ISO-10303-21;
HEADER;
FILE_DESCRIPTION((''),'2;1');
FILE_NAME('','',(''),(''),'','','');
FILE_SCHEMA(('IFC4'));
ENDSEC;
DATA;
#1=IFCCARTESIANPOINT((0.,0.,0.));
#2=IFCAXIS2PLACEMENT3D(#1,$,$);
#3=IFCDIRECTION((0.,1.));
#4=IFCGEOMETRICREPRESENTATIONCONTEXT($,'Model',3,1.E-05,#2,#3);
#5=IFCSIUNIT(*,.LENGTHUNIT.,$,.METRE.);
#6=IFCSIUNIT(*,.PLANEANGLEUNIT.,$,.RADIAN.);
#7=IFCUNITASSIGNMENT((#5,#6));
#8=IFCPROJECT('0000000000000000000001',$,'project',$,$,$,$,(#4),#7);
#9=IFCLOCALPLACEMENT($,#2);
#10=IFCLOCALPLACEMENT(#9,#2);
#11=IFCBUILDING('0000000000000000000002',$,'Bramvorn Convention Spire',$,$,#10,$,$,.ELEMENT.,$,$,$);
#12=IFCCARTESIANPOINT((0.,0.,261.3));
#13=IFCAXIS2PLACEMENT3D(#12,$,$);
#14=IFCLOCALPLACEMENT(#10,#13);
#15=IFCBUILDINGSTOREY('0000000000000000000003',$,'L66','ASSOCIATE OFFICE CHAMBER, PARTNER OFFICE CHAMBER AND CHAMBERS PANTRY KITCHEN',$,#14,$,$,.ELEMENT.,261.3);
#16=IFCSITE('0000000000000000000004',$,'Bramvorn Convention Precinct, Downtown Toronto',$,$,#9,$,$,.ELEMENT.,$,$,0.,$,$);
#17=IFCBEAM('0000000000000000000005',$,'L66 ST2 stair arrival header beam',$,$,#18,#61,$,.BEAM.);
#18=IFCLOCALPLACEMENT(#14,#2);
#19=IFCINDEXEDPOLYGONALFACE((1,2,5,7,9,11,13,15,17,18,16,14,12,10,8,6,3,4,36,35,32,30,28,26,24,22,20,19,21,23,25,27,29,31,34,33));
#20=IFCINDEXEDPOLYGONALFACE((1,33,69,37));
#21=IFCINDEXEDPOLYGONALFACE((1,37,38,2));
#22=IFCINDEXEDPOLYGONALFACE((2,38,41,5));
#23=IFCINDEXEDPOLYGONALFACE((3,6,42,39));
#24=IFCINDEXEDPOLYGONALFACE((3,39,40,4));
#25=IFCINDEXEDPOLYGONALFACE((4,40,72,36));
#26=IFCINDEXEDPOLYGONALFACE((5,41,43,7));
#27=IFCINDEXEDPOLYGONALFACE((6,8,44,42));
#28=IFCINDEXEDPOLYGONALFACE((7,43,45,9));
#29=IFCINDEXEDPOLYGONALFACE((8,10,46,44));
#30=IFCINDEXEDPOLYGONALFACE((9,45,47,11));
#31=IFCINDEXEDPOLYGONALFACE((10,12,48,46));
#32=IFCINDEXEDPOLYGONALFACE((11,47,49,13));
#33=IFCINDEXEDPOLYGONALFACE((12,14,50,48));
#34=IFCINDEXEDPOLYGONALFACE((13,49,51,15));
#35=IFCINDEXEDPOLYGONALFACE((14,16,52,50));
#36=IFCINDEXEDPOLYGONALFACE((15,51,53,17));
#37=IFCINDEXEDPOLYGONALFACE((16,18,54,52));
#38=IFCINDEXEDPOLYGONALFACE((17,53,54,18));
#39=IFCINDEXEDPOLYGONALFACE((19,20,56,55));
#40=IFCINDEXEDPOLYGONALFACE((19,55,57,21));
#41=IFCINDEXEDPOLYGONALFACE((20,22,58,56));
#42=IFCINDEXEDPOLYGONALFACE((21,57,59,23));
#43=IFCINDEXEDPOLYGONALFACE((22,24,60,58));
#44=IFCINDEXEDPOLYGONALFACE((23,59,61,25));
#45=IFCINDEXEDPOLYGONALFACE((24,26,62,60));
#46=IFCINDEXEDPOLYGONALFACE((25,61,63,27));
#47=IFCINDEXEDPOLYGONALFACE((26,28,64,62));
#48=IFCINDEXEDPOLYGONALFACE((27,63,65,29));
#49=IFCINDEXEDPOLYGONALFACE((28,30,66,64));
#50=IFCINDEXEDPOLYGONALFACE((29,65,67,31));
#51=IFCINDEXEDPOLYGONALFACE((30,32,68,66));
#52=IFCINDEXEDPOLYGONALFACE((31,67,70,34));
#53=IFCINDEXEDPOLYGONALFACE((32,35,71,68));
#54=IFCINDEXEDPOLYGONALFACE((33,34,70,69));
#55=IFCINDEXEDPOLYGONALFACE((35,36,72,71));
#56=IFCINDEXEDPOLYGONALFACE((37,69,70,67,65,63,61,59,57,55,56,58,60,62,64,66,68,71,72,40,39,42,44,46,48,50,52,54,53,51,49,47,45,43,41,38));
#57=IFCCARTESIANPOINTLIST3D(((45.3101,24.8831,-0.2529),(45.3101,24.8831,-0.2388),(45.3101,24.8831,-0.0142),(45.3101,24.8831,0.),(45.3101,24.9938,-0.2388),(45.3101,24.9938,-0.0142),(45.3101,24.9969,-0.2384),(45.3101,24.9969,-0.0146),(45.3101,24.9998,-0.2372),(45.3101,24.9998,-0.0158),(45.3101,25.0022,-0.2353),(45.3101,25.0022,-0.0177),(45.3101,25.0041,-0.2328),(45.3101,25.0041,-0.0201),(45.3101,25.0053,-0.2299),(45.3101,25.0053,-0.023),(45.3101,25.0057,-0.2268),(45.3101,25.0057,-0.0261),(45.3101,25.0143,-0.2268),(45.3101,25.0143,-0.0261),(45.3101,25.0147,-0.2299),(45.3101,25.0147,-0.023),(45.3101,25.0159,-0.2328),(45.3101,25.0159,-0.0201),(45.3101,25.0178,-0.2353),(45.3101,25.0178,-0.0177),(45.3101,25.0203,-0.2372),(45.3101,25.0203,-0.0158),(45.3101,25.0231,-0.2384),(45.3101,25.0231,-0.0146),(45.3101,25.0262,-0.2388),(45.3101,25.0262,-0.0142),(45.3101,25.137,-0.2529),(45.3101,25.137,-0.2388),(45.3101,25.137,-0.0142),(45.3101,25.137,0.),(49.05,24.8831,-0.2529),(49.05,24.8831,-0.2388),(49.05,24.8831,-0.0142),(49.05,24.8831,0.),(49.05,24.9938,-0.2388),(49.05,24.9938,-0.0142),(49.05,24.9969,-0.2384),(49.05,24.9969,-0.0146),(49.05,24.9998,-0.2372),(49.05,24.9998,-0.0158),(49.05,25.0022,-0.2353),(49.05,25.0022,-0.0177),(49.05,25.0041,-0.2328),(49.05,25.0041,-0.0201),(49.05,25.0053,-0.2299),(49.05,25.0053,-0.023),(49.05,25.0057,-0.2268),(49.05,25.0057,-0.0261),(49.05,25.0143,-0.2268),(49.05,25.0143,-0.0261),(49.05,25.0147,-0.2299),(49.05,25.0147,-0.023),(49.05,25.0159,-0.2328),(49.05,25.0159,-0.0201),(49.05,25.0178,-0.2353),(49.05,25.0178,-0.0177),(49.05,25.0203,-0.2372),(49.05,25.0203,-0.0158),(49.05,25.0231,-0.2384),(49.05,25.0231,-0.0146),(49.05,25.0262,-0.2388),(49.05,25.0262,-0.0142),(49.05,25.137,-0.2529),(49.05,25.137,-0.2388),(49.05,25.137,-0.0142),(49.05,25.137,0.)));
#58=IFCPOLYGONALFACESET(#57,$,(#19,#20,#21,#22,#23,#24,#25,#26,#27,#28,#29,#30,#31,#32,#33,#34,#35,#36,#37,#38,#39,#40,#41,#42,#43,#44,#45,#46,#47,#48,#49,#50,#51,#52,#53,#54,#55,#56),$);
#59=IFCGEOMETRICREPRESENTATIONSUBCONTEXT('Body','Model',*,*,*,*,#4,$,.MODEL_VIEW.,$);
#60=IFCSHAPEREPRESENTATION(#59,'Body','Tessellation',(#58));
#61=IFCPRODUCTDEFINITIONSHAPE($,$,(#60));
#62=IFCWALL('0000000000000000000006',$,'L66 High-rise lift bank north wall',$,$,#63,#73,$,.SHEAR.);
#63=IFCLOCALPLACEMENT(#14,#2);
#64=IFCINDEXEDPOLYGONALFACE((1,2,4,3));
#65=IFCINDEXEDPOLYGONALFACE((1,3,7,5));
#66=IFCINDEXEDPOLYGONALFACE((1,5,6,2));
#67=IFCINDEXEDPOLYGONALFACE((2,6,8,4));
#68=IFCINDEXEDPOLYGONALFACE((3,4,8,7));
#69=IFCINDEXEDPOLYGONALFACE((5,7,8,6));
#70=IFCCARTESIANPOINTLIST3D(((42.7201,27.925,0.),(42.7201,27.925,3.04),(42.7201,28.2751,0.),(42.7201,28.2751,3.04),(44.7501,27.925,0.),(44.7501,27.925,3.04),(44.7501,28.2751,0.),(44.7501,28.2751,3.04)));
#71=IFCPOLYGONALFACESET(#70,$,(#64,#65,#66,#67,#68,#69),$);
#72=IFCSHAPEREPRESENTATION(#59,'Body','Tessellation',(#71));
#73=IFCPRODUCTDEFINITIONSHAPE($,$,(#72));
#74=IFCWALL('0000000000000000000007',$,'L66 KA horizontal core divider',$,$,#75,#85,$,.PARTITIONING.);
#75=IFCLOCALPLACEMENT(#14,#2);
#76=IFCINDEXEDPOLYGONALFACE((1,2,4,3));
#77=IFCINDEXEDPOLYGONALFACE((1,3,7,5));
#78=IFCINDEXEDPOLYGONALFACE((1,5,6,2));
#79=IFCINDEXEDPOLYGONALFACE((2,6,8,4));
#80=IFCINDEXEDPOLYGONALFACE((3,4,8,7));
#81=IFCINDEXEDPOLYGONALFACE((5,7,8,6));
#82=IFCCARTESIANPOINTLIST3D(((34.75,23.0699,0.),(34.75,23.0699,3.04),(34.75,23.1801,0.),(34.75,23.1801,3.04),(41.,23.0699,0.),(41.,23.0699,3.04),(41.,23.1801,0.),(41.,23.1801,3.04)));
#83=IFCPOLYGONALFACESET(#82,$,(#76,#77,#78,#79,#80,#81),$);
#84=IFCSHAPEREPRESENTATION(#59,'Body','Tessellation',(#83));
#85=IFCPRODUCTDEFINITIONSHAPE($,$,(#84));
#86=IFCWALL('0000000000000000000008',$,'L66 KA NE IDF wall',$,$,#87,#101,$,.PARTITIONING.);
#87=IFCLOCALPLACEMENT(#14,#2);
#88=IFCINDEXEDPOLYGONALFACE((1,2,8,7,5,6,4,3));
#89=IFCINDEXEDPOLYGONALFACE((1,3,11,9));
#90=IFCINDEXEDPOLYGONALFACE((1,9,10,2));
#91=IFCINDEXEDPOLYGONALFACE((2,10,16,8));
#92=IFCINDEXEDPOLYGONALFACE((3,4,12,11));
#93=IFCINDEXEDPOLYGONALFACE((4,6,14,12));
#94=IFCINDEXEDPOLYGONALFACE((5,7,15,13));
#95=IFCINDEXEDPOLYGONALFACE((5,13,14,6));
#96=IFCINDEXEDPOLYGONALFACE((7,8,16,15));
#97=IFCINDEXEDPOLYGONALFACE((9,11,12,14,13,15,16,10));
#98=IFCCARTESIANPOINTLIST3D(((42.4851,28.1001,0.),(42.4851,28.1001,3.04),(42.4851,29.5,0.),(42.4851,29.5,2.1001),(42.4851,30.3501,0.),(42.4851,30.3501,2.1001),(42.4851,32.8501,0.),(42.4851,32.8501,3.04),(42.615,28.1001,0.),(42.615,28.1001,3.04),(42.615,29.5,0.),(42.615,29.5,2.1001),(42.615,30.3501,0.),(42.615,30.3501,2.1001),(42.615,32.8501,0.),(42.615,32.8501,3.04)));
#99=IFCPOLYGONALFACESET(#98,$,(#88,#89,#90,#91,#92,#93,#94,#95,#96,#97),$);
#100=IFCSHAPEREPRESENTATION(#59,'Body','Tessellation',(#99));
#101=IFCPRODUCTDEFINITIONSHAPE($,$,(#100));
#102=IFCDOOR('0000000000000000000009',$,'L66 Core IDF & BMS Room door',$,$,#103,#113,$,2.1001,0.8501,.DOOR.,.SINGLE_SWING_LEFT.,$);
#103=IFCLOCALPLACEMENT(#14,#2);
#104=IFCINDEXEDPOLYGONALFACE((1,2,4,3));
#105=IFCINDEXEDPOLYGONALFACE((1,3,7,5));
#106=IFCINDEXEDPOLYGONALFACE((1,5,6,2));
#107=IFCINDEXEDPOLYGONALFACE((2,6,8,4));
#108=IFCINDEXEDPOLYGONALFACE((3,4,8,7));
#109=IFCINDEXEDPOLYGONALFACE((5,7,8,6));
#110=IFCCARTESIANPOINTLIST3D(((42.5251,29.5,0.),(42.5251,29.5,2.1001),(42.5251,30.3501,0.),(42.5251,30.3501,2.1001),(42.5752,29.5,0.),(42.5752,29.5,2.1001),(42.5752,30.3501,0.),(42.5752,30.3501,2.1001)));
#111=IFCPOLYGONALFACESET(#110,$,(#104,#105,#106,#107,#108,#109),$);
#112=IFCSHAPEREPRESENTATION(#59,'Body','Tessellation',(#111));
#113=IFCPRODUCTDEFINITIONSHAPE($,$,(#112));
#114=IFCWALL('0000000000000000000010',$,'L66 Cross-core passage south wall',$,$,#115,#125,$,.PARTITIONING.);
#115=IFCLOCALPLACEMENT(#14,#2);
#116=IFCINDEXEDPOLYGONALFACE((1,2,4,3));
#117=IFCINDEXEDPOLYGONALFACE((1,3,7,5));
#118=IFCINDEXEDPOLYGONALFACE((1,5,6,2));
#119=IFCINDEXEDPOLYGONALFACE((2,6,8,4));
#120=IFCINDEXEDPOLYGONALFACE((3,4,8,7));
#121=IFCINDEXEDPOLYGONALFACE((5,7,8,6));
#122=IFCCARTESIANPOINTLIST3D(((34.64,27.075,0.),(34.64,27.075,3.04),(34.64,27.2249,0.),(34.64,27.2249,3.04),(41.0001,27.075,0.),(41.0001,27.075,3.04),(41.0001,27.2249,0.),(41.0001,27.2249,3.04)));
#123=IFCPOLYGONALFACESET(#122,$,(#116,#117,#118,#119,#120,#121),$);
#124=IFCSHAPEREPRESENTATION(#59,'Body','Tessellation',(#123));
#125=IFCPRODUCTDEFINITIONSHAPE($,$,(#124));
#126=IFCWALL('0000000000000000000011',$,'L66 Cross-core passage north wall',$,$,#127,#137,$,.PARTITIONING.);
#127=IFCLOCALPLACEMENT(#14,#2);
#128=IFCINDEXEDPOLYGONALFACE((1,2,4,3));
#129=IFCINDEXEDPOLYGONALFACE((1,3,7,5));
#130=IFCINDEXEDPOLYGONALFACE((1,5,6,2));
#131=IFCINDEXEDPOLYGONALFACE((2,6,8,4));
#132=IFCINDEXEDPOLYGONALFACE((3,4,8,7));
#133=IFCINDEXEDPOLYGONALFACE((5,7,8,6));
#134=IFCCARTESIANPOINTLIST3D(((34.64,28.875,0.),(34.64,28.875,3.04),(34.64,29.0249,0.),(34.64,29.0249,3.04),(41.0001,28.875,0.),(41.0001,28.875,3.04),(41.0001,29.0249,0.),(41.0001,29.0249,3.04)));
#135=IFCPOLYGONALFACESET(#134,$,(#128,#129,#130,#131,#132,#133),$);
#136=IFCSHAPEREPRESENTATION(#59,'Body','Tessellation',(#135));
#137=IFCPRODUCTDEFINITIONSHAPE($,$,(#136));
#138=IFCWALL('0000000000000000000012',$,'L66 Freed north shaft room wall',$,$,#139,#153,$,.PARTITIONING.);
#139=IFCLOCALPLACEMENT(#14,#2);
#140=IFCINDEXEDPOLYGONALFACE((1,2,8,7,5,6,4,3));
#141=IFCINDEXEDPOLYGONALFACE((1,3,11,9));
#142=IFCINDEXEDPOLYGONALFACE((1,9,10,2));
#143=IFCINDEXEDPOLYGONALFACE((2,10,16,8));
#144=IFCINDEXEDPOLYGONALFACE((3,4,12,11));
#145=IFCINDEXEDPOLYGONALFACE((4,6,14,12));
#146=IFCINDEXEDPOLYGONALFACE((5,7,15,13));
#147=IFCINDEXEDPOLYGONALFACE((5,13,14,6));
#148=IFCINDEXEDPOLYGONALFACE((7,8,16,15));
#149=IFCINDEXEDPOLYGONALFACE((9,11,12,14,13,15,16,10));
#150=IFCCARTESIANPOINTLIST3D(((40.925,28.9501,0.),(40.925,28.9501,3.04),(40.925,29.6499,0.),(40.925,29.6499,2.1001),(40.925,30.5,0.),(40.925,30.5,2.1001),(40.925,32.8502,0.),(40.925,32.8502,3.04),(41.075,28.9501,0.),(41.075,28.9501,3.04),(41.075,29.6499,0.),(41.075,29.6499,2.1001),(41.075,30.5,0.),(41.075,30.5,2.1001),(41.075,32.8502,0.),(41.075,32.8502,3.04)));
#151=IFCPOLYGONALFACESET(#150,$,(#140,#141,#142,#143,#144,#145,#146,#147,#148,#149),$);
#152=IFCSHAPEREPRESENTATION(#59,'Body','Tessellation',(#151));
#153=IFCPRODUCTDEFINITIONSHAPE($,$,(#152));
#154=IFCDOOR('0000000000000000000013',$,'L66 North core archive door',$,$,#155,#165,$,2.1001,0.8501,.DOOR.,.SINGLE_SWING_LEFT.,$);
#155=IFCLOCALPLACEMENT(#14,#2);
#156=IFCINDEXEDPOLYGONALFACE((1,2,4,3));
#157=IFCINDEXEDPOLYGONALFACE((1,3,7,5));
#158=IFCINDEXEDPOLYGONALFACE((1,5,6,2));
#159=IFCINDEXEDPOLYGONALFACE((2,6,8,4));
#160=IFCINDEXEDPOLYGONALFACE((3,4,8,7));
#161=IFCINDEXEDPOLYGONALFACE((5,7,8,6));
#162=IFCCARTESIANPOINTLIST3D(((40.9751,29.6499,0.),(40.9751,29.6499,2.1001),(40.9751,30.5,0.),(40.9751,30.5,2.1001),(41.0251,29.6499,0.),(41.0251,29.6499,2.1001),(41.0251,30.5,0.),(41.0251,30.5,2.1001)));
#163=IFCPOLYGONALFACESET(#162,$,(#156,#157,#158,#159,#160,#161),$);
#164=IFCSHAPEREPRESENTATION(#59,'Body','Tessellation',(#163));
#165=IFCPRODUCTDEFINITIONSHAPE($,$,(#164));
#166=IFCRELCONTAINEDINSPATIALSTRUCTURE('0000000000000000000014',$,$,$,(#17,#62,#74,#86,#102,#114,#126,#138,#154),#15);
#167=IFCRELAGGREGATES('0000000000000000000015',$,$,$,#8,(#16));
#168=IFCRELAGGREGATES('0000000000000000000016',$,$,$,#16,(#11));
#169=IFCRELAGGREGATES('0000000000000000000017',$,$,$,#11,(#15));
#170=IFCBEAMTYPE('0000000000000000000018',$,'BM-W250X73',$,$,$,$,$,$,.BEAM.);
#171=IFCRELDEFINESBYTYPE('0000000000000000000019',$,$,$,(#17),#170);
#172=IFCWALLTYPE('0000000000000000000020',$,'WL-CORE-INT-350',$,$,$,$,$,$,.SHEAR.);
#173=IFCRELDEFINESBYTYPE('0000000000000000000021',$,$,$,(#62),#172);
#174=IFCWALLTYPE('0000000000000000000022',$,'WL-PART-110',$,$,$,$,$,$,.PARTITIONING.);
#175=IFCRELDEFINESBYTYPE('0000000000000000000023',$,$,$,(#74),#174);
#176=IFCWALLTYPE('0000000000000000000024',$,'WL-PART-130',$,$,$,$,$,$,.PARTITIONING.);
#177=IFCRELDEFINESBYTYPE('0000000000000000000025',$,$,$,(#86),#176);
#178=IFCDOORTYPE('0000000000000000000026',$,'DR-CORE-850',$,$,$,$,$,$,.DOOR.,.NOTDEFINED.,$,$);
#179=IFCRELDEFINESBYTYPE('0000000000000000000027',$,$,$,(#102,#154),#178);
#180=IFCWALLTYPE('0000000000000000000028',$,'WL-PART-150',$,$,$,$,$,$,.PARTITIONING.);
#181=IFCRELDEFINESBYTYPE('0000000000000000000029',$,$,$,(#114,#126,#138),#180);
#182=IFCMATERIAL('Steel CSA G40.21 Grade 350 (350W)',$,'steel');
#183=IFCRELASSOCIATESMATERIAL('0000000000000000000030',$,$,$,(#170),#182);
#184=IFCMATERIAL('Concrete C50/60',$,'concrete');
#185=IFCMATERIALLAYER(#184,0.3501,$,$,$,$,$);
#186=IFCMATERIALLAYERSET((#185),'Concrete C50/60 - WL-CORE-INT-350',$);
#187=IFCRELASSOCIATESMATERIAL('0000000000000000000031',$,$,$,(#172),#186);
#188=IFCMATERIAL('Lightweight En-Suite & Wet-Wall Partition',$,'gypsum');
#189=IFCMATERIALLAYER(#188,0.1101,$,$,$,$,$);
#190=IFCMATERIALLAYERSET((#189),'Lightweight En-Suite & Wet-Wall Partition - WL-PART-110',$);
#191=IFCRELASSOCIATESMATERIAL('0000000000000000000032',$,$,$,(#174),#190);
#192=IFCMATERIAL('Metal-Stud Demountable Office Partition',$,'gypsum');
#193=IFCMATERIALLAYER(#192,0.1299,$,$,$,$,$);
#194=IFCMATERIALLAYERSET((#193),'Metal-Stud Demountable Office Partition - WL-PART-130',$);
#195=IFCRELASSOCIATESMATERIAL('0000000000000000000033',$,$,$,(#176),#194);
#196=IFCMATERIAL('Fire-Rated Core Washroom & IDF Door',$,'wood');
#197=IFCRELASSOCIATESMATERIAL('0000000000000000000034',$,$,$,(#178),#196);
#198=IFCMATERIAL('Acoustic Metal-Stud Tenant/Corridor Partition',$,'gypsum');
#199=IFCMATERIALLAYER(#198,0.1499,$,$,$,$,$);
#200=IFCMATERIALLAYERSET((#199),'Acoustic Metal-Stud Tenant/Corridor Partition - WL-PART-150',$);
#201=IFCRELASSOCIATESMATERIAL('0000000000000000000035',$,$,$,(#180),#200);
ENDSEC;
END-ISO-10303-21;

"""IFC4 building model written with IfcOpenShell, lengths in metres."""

from ifc_helpers import new_model, si_unit, direction, frame, frame_2d, origin, origin_2d, place, context, subcontext, project, spatial, rectangle, i_section, extrude, material, layer, layer_set, material_profile, profile_set, type_object, element, fill, save


model = new_model("IFC4")

# Units and contexts
model_context = context("Model", 3, precision=1e-05, world=origin(), true_north=direction((0.0, 1.0)))
body_context = subcontext(model_context, "Body", "Model", "MODEL_VIEW")
ifc_project = project(units=[si_unit("LENGTHUNIT", "METRE"), si_unit("PLANEANGLEUNIT", "RADIAN")], contexts=[model_context])

# Site, building, storey
site_placement = place(None, origin())
site = spatial("IfcSite", under=ifc_project, at=site_placement, Name="Bramvorn Convention Precinct, Downtown Toronto", CompositionType="ELEMENT", RefElevation=0.0)
building_placement = place(site_placement, origin())
building = spatial("IfcBuilding", under=site, at=building_placement, Name="Bramvorn Convention Spire", CompositionType="ELEMENT")
storey_placement = place(building_placement, frame((0.0, 0.0, 261.3)))
storey = spatial("IfcBuildingStorey", under=building, at=storey_placement, Name="L66", Description="ASSOCIATE OFFICE CHAMBER, PARTNER OFFICE CHAMBER AND CHAMBERS PANTRY KITCHEN", CompositionType="ELEMENT", Elevation=261.3)

# Beam
ifc_material_1 = material(Name="Steel CSA G40.21 Grade 350 (350W)", Category="steel")
ifc_material_profile = material_profile(ifc_material_1, i_section(OverallWidth=0.2539, OverallDepth=0.2529, WebThickness=0.0085, FlangeThickness=0.0142, FilletRadius=0.012, at=origin_2d()))
ifc_profile_set = profile_set([ifc_material_profile], Name="Steel CSA G40.21 Grade 350 (350W) - W250X73")
beam_type = type_object("IfcBeamType", Name="BM-W250X73", PredefinedType="BEAM", material=ifc_profile_set)
beam_placement = place(storey_placement, frame((45.3101, 25.01, -0.1265), z_axis=(1.0, 0.0, 0.0), x_axis=(0.0, 1.0, 0.0)))
element("IfcBeam", 1, at=beam_placement, inside=storey, type_object=beam_type, Name="L66 ST2 stair arrival header beam", PredefinedType="BEAM", context=body_context, shape_type="SweptSolid", body=[
    extrude(i_section(OverallWidth=0.2539, OverallDepth=0.2529, WebThickness=0.0085, FlangeThickness=0.0142, FilletRadius=0.012, at=origin_2d()), origin(), (0.0, 0.0, 1.0), 3.74),
])

# Shared definitions
ifc_material_2 = material(Name="Concrete C50/60", Category="concrete")
ifc_layer_1 = layer(ifc_material_2, 0.3501)
ifc_layer_set_1 = layer_set([ifc_layer_1], Name="Concrete C50/60 - WL-CORE-INT-350")
wall_type_1 = type_object("IfcWallType", Name="WL-CORE-INT-350", PredefinedType="SHEAR", material=ifc_layer_set_1)

# Walls
wall_1_placement = place(storey_placement, frame((42.72, 28.1001, 0.0), z_axis=(0.0, 0.0, 1.0), x_axis=(1.0, 0.0, 0.0)))
element("IfcWall", 2, at=wall_1_placement, inside=storey, type_object=wall_type_1, Name="L66 High-rise lift bank north wall", PredefinedType="SHEAR", context=body_context, shape_type="SweptSolid", body=[
    extrude(rectangle(XDim=2.03, YDim=0.3501, at=frame_2d((1.0151, 0.0))), origin(), (0.0, 0.0, 1.0), 3.04),
])
ifc_material_3 = material(Name="Lightweight En-Suite & Wet-Wall Partition", Category="gypsum")
ifc_layer_2 = layer(ifc_material_3, 0.1101)
ifc_layer_set_2 = layer_set([ifc_layer_2], Name="Lightweight En-Suite & Wet-Wall Partition - WL-PART-110")
wall_type_2 = type_object("IfcWallType", Name="WL-PART-110", PredefinedType="PARTITIONING", material=ifc_layer_set_2)
wall_2_placement = place(storey_placement, frame((34.75, 23.125, 0.0), z_axis=(0.0, 0.0, 1.0), x_axis=(1.0, 0.0, 0.0)))
element("IfcWall", 3, at=wall_2_placement, inside=storey, type_object=wall_type_2, Name="L66 KA horizontal core divider", PredefinedType="PARTITIONING", context=body_context, shape_type="SweptSolid", body=[
    extrude(rectangle(XDim=6.25, YDim=0.1101, at=frame_2d((3.125, 0.0))), origin(), (0.0, 0.0, 1.0), 3.04),
])

# Wall, opening, door
ifc_material_4 = material(Name="Metal-Stud Demountable Office Partition", Category="gypsum")
ifc_layer_3 = layer(ifc_material_4, 0.1299)
ifc_layer_set_3 = layer_set([ifc_layer_3], Name="Metal-Stud Demountable Office Partition - WL-PART-130")
wall_type_3 = type_object("IfcWallType", Name="WL-PART-130", PredefinedType="PARTITIONING", material=ifc_layer_set_3)
wall_3_placement = place(storey_placement, frame((42.55, 28.1001, 0.0), z_axis=(0.0, 0.0, 1.0), x_axis=(0.0, 1.0, 0.0)))
wall_3 = element("IfcWall", 4, at=wall_3_placement, inside=storey, type_object=wall_type_3, Name="L66 KA NE IDF wall", PredefinedType="PARTITIONING", context=body_context, shape_type="SweptSolid", body=[
    extrude(rectangle(XDim=4.75, YDim=0.1299, at=frame_2d((2.375, 0.0))), origin(), (0.0, 0.0, 1.0), 3.04),
])
opening_1_placement = place(wall_3_placement, frame((1.3999, 0.0, 0.0)))
opening_1 = element("IfcOpeningElement", 5, at=opening_1_placement, cuts=wall_3, PredefinedType="OPENING", context=body_context, shape_type="SweptSolid", body=[
    extrude(rectangle(XDim=0.8501, YDim=2.1001, at=frame_2d((0.425, 1.05))), frame((0.0, 0.075, 0.0), z_axis=(0.0, -1.0, 0.0), x_axis=(1.0, 0.0, 0.0)), (0.0, 0.0, 1.0), 0.1499),
])
ifc_material_5 = material(Name="Fire-Rated Core Washroom & IDF Door", Category="wood")
door_type_1 = type_object("IfcDoorType", Name="DR-CORE-850", OperationType="NOTDEFINED", PredefinedType="DOOR", material=ifc_material_5)
door_1_placement = place(opening_1_placement, origin())
door_1 = element("IfcDoor", 6, at=door_1_placement, inside=storey, type_object=door_type_1, Name="L66 Core IDF & BMS Room door", OperationType="SINGLE_SWING_LEFT", OverallHeight=2.1001, OverallWidth=0.8501, PredefinedType="DOOR", context=body_context, shape_type="SweptSolid", body=[
    extrude(rectangle(XDim=0.8501, YDim=2.1001, at=frame_2d((0.425, 1.05))), frame((0.0, 0.0249, 0.0), z_axis=(0.0, -1.0, 0.0), x_axis=(1.0, 0.0, 0.0)), (0.0, 0.0, 1.0), 0.05),
])
fill(opening_1, door_1)

# Walls
ifc_material_6 = material(Name="Acoustic Metal-Stud Tenant/Corridor Partition", Category="gypsum")
ifc_layer_4 = layer(ifc_material_6, 0.1499)
ifc_layer_set_4 = layer_set([ifc_layer_4], Name="Acoustic Metal-Stud Tenant/Corridor Partition - WL-PART-150")
wall_type_4 = type_object("IfcWallType", Name="WL-PART-150", PredefinedType="PARTITIONING", material=ifc_layer_set_4)
for number, where, z_axis, x_axis, name in (
    (7, (34.6399, 27.1499, 0.0), (0.0, 0.0, 1.0), (1.0, 0.0, 0.0), "L66 Cross-core passage south wall"),
    (8, (34.6399, 28.95, 0.0), (0.0, 0.0, 1.0), (1.0, 0.0, 0.0), "L66 Cross-core passage north wall"),
):
    element("IfcWall", number, at=place(storey_placement, frame(where, z_axis=z_axis, x_axis=x_axis)), inside=storey, type_object=wall_type_4, Name=name, PredefinedType="PARTITIONING", context=body_context, shape_type="SweptSolid", body=[
        extrude(rectangle(XDim=6.3601, YDim=0.1499, at=frame_2d((3.1802, 0.0))), origin(), (0.0, 0.0, 1.0), 3.04),
    ])

# Wall, opening, door
wall_4_placement = place(storey_placement, frame((41.0, 28.95, 0.0), z_axis=(0.0, 0.0, 1.0), x_axis=(0.0, 1.0, 0.0)))
wall_4 = element("IfcWall", 9, at=wall_4_placement, inside=storey, type_object=wall_type_4, Name="L66 Freed north shaft room wall", PredefinedType="PARTITIONING", context=body_context, shape_type="SweptSolid", body=[
    extrude(rectangle(XDim=3.9001, YDim=0.1499, at=frame_2d((1.9502, 0.0))), origin(), (0.0, 0.0, 1.0), 3.04),
])
opening_2_placement = place(wall_4_placement, frame((0.7, 0.0, 0.0)))
opening_2 = element("IfcOpeningElement", 10, at=opening_2_placement, cuts=wall_4, PredefinedType="OPENING", context=body_context, shape_type="SweptSolid", body=[
    extrude(rectangle(XDim=0.8501, YDim=2.1001, at=frame_2d((0.425, 1.05))), frame((0.0, 0.085, 0.0), z_axis=(0.0, -1.0, 0.0), x_axis=(1.0, 0.0, 0.0)), (0.0, 0.0, 1.0), 0.1699),
])
door_2_placement = place(opening_2_placement, origin())
door_2 = element("IfcDoor", 11, at=door_2_placement, inside=storey, type_object=door_type_1, Name="L66 North core archive door", OperationType="SINGLE_SWING_LEFT", OverallHeight=2.1001, OverallWidth=0.8501, PredefinedType="DOOR", context=body_context, shape_type="SweptSolid", body=[
    extrude(rectangle(XDim=0.8501, YDim=2.1001, at=frame_2d((0.425, 1.05))), frame((0.0, 0.0249, 0.0), z_axis=(0.0, -1.0, 0.0), x_axis=(1.0, 0.0, 0.0)), (0.0, 0.0, 1.0), 0.05),
])
fill(opening_2, door_2)

save(model, "model.ifc")
